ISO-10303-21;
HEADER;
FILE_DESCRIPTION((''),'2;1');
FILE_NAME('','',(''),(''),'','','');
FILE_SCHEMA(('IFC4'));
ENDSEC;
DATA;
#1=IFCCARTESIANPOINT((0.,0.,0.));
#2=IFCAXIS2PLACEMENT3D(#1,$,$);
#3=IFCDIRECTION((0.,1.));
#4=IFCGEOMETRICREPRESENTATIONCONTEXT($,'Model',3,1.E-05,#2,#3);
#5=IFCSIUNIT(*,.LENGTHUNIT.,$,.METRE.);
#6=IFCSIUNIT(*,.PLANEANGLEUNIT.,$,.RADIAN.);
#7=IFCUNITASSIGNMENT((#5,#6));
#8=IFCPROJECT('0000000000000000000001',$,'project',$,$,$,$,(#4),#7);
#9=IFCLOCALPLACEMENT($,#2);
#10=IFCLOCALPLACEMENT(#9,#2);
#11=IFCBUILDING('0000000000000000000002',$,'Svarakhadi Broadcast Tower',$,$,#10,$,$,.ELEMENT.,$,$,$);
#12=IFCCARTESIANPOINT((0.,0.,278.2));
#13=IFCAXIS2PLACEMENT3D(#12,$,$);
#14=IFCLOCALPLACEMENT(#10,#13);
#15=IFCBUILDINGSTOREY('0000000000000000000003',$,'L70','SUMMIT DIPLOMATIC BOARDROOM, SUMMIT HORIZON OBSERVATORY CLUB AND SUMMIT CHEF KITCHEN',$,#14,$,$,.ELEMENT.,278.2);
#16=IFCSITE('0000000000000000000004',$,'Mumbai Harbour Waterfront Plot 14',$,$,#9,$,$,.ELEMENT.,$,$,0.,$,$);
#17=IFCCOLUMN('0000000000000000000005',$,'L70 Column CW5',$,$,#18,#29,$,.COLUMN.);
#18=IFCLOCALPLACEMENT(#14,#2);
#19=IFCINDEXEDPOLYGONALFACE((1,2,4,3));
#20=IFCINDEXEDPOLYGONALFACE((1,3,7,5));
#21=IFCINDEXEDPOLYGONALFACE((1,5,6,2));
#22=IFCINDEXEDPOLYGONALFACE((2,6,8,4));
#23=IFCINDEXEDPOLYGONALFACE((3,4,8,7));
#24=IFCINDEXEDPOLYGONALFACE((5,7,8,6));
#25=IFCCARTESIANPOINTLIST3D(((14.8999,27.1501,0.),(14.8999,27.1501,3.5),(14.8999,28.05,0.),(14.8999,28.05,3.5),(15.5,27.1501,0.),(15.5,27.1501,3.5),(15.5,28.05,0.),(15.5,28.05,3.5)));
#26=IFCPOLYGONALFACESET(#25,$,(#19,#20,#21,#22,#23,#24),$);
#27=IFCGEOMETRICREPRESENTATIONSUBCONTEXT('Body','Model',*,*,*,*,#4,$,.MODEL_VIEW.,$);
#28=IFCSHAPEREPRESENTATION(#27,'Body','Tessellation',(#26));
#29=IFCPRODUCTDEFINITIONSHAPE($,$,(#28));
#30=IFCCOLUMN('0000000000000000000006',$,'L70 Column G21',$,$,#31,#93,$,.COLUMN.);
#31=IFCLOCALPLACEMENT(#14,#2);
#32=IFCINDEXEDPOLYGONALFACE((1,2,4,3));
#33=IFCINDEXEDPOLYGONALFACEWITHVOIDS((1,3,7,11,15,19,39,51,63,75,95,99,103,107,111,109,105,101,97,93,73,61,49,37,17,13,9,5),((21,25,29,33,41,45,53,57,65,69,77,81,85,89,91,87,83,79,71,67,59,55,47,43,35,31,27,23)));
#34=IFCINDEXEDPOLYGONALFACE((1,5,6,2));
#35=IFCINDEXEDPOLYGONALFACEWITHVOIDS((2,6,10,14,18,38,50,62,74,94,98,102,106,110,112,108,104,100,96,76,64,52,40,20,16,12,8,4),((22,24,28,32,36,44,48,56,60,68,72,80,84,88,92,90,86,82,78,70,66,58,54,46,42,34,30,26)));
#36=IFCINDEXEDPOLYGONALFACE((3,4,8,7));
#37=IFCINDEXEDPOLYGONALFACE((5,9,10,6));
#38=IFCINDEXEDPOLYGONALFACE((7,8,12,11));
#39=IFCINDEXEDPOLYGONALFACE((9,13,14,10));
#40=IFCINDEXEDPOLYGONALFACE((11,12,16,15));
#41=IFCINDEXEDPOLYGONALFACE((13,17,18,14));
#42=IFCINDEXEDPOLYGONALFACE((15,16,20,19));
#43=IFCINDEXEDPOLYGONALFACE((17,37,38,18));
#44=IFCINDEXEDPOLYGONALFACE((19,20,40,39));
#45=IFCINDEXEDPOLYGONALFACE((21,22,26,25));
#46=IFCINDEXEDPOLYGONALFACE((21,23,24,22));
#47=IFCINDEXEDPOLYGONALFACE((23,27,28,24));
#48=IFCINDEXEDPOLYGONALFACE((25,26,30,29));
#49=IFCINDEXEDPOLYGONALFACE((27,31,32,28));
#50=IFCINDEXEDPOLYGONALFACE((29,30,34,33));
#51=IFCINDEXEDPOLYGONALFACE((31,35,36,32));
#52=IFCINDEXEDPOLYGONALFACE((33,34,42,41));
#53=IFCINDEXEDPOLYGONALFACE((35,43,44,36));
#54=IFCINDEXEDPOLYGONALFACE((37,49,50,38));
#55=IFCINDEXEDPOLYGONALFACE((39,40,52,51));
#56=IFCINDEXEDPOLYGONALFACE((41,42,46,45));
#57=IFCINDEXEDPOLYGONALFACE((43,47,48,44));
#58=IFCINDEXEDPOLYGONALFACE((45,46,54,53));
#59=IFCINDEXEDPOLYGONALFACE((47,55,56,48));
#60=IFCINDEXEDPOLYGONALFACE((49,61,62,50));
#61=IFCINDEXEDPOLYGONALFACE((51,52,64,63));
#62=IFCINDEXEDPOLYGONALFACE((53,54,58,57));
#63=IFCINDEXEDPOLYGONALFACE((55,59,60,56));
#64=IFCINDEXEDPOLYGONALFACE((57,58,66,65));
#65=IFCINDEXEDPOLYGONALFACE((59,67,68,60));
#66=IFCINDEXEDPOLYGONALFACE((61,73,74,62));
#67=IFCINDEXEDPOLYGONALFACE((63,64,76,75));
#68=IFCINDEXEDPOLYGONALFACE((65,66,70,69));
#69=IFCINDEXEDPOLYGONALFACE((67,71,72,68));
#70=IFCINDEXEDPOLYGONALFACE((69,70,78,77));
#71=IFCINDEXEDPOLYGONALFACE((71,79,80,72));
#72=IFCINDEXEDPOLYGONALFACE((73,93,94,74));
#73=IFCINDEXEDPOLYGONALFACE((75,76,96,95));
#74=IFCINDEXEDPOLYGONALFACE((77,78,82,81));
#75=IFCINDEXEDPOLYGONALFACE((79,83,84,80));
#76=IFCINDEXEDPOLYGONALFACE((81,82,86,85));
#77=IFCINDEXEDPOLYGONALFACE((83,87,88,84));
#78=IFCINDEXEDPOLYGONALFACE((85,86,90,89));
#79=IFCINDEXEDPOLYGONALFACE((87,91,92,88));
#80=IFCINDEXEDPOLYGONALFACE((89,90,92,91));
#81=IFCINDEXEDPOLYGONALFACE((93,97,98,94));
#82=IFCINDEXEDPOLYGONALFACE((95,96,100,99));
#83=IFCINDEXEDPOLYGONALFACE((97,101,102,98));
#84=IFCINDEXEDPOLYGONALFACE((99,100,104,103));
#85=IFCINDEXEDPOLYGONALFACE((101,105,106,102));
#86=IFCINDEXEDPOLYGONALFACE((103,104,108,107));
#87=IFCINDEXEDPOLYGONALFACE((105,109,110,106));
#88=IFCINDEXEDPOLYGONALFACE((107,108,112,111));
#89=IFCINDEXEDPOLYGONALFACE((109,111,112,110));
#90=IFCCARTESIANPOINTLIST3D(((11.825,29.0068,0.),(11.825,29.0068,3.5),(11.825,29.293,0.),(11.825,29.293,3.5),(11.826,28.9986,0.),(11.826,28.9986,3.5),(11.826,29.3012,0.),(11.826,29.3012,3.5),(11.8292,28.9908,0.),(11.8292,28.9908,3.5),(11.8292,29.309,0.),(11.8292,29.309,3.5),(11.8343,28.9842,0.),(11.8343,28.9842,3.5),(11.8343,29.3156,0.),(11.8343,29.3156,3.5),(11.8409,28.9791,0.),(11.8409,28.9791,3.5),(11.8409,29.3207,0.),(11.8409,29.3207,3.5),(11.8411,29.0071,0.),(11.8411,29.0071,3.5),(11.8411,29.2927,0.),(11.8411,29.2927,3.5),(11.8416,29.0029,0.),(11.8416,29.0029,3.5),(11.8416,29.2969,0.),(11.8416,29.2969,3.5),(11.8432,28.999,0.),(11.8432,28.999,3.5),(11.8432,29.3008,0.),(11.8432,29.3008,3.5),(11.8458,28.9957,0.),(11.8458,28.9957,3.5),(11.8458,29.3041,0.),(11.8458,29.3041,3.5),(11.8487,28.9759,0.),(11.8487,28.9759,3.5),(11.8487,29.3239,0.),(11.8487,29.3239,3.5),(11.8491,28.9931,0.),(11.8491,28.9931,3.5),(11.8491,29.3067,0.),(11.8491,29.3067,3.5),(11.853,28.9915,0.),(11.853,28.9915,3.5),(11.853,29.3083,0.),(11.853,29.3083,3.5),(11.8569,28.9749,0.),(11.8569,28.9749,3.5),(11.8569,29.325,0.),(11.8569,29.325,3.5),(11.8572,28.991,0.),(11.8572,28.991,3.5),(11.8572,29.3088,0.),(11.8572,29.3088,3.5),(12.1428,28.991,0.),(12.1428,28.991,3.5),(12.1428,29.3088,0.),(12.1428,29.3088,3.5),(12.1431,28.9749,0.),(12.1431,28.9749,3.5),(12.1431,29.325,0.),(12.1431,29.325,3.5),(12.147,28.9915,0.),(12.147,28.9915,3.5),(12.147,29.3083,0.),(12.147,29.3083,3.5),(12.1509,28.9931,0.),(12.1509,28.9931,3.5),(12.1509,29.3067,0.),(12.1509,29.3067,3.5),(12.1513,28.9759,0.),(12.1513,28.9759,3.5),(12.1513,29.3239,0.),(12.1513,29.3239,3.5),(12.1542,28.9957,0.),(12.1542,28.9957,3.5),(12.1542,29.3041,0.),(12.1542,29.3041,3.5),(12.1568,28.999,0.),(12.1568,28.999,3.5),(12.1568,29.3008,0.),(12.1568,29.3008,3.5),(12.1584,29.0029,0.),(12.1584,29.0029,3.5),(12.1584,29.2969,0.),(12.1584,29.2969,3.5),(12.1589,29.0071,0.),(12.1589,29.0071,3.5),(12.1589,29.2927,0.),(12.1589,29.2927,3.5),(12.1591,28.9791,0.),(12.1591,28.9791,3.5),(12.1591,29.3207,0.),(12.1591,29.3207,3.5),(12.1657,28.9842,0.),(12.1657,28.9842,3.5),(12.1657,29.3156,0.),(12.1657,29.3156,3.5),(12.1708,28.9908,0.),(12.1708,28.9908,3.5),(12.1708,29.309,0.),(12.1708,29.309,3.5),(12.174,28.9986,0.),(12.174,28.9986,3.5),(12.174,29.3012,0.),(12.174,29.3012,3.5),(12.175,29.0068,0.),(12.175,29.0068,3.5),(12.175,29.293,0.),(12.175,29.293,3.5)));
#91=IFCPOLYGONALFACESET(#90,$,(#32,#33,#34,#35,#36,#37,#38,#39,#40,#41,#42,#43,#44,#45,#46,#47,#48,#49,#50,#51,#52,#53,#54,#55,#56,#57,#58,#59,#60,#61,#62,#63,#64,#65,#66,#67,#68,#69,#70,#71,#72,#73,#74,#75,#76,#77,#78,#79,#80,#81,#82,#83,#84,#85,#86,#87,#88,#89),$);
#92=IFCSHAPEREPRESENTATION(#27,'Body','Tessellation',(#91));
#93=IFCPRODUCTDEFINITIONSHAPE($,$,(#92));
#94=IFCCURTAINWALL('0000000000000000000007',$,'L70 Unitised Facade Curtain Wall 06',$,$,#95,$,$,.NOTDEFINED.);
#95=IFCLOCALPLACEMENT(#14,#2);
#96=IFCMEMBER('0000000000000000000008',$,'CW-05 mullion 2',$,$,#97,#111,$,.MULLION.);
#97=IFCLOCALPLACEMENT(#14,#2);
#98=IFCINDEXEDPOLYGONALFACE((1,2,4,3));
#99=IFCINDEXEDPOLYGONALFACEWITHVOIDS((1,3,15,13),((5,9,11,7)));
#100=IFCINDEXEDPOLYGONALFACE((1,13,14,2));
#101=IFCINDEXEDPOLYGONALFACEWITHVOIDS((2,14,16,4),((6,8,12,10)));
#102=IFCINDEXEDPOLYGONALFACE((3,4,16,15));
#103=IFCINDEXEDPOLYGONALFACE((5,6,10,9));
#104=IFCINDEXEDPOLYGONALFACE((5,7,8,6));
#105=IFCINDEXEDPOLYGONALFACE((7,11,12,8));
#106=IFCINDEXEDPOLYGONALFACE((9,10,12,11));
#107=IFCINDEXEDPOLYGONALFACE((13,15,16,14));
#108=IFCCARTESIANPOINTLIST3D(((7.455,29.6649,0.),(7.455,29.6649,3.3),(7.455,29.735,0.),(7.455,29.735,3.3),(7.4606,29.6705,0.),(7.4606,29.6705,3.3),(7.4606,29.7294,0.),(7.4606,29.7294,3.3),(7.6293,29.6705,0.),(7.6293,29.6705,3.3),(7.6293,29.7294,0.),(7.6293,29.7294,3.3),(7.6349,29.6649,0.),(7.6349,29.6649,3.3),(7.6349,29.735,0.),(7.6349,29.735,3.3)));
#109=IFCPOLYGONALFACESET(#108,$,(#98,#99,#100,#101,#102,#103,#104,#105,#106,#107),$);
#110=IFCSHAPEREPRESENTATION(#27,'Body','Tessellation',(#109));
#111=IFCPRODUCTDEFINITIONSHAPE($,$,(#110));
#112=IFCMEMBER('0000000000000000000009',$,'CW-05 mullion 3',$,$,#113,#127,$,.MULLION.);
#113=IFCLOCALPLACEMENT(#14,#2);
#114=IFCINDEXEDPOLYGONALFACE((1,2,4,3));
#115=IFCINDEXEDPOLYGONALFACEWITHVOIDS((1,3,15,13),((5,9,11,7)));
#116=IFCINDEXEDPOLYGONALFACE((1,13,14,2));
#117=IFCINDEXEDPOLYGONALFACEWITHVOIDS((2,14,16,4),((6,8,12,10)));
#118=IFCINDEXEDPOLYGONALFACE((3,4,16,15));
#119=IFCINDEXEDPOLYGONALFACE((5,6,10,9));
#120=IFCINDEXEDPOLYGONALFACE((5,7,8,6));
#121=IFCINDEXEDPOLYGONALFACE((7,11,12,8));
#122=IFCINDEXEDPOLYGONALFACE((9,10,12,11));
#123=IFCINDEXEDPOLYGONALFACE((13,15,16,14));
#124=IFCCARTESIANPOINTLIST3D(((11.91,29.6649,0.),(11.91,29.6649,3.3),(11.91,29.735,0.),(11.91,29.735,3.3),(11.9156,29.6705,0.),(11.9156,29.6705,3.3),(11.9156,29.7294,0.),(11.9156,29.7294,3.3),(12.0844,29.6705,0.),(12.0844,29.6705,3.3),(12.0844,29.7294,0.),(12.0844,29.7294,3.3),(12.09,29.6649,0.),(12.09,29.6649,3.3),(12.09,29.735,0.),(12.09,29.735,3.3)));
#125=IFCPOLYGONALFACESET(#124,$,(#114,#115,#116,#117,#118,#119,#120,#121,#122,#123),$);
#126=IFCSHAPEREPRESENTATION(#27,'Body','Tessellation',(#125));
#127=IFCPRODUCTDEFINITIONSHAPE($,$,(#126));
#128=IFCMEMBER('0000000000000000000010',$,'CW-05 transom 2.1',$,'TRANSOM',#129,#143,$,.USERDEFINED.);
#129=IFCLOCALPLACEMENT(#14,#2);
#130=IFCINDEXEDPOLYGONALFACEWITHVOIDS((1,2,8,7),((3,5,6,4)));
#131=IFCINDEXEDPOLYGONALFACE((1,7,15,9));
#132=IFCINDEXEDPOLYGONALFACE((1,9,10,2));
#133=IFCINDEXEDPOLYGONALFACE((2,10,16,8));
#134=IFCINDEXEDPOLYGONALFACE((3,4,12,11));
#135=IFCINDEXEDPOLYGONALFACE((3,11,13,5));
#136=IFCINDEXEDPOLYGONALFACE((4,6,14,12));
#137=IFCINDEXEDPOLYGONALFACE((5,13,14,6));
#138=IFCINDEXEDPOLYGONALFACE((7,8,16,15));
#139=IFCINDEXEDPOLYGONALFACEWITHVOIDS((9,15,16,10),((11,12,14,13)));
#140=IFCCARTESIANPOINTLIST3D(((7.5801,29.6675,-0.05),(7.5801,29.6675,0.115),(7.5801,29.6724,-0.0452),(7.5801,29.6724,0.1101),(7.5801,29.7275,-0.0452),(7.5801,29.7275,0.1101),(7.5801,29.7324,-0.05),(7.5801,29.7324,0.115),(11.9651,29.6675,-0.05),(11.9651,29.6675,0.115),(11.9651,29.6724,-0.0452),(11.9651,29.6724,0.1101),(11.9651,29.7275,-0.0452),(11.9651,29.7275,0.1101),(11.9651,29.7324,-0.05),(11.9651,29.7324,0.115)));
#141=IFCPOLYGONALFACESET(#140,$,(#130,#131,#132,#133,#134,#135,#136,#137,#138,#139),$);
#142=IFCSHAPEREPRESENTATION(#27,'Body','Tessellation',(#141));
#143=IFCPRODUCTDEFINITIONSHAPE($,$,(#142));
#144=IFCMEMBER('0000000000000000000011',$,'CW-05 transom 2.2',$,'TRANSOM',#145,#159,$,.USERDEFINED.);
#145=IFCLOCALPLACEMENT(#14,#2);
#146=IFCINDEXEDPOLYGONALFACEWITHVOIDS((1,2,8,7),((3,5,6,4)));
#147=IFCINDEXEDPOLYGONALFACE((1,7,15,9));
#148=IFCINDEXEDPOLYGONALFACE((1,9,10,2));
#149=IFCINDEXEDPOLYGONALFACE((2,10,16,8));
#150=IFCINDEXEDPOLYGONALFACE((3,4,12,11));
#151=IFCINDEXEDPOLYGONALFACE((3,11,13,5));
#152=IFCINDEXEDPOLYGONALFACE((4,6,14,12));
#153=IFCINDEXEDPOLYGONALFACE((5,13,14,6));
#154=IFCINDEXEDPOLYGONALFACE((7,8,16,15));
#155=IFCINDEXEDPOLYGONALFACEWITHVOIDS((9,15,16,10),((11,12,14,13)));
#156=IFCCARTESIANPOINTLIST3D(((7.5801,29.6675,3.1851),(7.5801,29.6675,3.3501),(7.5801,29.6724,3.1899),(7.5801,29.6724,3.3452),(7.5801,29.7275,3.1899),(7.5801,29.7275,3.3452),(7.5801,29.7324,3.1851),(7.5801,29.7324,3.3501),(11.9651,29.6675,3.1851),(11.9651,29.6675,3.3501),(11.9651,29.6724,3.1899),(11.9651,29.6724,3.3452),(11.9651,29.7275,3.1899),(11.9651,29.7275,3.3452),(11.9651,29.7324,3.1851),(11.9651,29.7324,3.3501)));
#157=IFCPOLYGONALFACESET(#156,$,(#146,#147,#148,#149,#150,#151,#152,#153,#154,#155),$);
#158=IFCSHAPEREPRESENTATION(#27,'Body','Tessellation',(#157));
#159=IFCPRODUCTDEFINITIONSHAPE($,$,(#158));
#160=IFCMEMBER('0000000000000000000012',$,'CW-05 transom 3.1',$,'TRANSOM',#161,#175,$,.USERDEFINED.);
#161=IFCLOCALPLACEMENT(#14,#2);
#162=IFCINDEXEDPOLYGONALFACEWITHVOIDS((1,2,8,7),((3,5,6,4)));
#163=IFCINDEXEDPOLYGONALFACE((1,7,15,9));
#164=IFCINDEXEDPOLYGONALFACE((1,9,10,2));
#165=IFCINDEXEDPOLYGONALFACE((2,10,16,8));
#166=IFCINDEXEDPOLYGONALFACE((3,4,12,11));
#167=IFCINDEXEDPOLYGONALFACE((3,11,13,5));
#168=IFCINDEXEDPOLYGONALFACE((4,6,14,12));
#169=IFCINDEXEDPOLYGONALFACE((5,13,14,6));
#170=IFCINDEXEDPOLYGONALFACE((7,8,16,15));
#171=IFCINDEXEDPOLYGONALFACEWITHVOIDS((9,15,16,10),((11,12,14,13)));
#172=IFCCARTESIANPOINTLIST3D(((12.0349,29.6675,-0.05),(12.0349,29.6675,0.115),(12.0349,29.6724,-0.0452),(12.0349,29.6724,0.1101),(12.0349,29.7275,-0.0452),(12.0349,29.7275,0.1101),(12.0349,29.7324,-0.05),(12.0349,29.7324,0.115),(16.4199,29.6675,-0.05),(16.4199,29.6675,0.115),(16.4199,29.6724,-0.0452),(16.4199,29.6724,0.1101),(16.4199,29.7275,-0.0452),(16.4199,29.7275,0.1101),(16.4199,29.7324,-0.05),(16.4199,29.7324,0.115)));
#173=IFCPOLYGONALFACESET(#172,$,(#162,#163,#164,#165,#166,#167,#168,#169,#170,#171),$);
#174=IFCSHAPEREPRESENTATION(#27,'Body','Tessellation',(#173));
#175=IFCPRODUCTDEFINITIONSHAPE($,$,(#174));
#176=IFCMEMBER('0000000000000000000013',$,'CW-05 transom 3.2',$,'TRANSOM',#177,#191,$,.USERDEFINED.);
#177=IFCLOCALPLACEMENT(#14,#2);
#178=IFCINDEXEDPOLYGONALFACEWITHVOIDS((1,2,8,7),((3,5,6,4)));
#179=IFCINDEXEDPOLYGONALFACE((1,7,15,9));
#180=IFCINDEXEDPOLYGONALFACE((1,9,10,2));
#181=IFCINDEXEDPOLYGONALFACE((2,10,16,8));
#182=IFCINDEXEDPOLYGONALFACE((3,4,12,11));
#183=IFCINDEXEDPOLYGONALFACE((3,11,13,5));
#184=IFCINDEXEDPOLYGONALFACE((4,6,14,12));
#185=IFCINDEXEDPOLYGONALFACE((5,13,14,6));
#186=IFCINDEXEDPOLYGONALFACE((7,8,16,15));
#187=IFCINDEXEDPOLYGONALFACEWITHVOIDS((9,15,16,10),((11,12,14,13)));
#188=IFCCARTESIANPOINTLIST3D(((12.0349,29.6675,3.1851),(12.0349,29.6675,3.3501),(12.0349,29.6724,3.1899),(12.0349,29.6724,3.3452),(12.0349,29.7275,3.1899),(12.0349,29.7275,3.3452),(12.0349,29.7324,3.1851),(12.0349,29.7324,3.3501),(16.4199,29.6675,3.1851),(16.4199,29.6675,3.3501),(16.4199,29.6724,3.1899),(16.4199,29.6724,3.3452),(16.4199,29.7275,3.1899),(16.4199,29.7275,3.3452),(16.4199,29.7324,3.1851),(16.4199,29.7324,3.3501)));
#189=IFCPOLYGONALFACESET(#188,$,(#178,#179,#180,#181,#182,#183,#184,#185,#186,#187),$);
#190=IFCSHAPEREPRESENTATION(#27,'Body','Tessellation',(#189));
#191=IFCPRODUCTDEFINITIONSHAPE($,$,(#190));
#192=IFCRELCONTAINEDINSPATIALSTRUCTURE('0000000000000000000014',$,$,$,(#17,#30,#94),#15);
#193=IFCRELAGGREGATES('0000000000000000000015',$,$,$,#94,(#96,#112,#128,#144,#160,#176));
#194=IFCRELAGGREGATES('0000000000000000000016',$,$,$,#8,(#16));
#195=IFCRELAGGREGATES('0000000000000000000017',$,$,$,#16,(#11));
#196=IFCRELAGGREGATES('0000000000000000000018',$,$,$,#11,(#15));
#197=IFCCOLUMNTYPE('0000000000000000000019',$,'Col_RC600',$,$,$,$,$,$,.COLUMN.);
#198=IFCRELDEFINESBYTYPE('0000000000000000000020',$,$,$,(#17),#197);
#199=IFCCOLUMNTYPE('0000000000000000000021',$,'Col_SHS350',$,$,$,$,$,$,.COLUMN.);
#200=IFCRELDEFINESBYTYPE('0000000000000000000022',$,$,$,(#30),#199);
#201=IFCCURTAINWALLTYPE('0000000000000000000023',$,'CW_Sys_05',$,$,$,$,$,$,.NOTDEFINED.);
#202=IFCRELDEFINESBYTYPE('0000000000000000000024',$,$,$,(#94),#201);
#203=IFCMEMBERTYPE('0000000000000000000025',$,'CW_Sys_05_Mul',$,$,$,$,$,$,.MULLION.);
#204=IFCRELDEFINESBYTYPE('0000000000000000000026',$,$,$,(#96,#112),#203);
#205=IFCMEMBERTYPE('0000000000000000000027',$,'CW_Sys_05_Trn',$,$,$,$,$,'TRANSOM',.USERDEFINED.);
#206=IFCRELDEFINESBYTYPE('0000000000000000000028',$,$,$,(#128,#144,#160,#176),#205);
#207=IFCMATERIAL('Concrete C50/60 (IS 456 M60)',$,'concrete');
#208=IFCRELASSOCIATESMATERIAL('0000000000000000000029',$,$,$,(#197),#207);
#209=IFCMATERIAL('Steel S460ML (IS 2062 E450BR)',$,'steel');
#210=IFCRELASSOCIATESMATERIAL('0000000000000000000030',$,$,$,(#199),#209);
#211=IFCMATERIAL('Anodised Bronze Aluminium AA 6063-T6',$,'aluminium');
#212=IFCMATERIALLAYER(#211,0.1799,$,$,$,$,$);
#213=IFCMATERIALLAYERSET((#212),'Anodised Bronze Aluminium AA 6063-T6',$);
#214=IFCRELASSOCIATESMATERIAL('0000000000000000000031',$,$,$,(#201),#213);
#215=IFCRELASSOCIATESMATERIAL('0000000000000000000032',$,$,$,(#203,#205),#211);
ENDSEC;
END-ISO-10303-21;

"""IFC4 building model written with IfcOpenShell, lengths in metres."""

from ifc_helpers import new_model, si_unit, direction, frame, origin, origin_2d, place, context, subcontext, project, spatial, rectangle, hollow_rectangle, extrude, material, layer, layer_set, material_profile, profile_set, type_object, element, aggregate, save


model = new_model("IFC4")

# Units and contexts
model_context = context("Model", 3, precision=1e-05, world=origin(), true_north=direction((0.0, 1.0)))
body_context = subcontext(model_context, "Body", "Model", "MODEL_VIEW")
ifc_project = project(units=[si_unit("LENGTHUNIT", "METRE"), si_unit("PLANEANGLEUNIT", "RADIAN")], contexts=[model_context])

# Site, building, storey
site_placement = place(None, origin())
site = spatial("IfcSite", under=ifc_project, at=site_placement, Name="Mumbai Harbour Waterfront Plot 14", CompositionType="ELEMENT", RefElevation=0.0)
building_placement = place(site_placement, origin())
building = spatial("IfcBuilding", under=site, at=building_placement, Name="Svarakhadi Broadcast Tower", CompositionType="ELEMENT")
storey_placement = place(building_placement, frame((0.0, 0.0, 278.2)))
storey = spatial("IfcBuildingStorey", under=building, at=storey_placement, Name="L70", Description="SUMMIT DIPLOMATIC BOARDROOM, SUMMIT HORIZON OBSERVATORY CLUB AND SUMMIT CHEF KITCHEN", CompositionType="ELEMENT", Elevation=278.2)

# Columns
ifc_material_1 = material(Name="Concrete C50/60 (IS 456 M60)", Category="concrete")
ifc_material_profile_1 = material_profile(ifc_material_1, rectangle(XDim=0.6001, YDim=0.8999, at=origin_2d()), Name="RC 600x900")
ifc_profile_set_1 = profile_set([ifc_material_profile_1], Name="Concrete C50/60 (IS 456 M60)")
column_type_1 = type_object("IfcColumnType", Name="Col_RC600", PredefinedType="COLUMN", material=ifc_profile_set_1)
column_1_placement = place(storey_placement, frame((15.2, 27.6001, 0.0), z_axis=(0.0, 0.0, 1.0), x_axis=(1.0, 0.0, 0.0)))
element("IfcColumn", 1, at=column_1_placement, inside=storey, type_object=column_type_1, Name="L70 Column CW5", PredefinedType="COLUMN", context=body_context, shape_type="SweptSolid", body=[
    extrude(rectangle(XDim=0.6001, YDim=0.8999, at=origin_2d()), origin(), (0.0, 0.0, 1.0), 3.5),
])
ifc_material_2 = material(Name="Steel S460ML (IS 2062 E450BR)", Category="steel")
ifc_material_profile_2 = material_profile(ifc_material_2, hollow_rectangle(XDim=0.3501, YDim=0.3501, WallThickness=0.0161, InnerFilletRadius=0.0161, OuterFilletRadius=0.032, at=origin_2d()), Name="SHS 350x350x16")
ifc_profile_set_2 = profile_set([ifc_material_profile_2], Name="Steel S460ML (IS 2062 E450BR)")
column_type_2 = type_object("IfcColumnType", Name="Col_SHS350", PredefinedType="COLUMN", material=ifc_profile_set_2)
column_2_placement = place(storey_placement, frame((12.0, 29.1499, 0.0), z_axis=(0.0, 0.0, 1.0), x_axis=(1.0, 0.0, 0.0)))
element("IfcColumn", 2, at=column_2_placement, inside=storey, type_object=column_type_2, Name="L70 Column G21", PredefinedType="COLUMN", context=body_context, shape_type="SweptSolid", body=[
    extrude(hollow_rectangle(XDim=0.3501, YDim=0.3501, WallThickness=0.0161, InnerFilletRadius=0.0161, OuterFilletRadius=0.032, at=origin_2d()), origin(), (0.0, 0.0, 1.0), 3.5),
])

# Curtain wall, members
ifc_material_3 = material(Name="Anodised Bronze Aluminium AA 6063-T6", Category="aluminium")
ifc_layer_1 = layer(ifc_material_3, 0.1799)
ifc_layer_set_1 = layer_set([ifc_layer_1], Name="Anodised Bronze Aluminium AA 6063-T6")
curtain_wall_type = type_object("IfcCurtainWallType", Name="CW_Sys_05", PredefinedType="NOTDEFINED", material=ifc_layer_set_1)
curtain_wall_placement = place(storey_placement, origin())
curtain_wall = element("IfcCurtainWall", 3, at=curtain_wall_placement, inside=storey, type_object=curtain_wall_type, Name="L70 Unitised Facade Curtain Wall 06", PredefinedType="NOTDEFINED")
ifc_material_profile_3 = material_profile(ifc_material_3, hollow_rectangle(XDim=0.0701, YDim=0.1799, WallThickness=0.0056, at=origin_2d()), Name="ALU MULLION 180x70x6")
ifc_profile_set_3 = profile_set([ifc_material_profile_3], Name="Anodised Bronze Aluminium AA 6063-T6")
member_type_1 = type_object("IfcMemberType", Name="CW_Sys_05_Mul", PredefinedType="MULLION", material=ifc_profile_set_3)
member_1_placement = place(storey_placement, frame((7.5449, 29.7, 0.0), z_axis=(0.0, 0.0, 1.0), x_axis=(0.0, 1.0, 0.0)))
member_1 = element("IfcMember", 4, at=member_1_placement, type_object=member_type_1, Name="CW-05 mullion 2", PredefinedType="MULLION", context=body_context, shape_type="SweptSolid", body=[
    extrude(hollow_rectangle(XDim=0.0701, YDim=0.1799, WallThickness=0.0056, at=origin_2d()), origin(), (0.0, 0.0, 1.0), 3.3),
])
member_2_placement = place(storey_placement, frame((12.0, 29.7, 0.0), z_axis=(0.0, 0.0, 1.0), x_axis=(0.0, 1.0, 0.0)))
member_2 = element("IfcMember", 5, at=member_2_placement, type_object=member_type_1, Name="CW-05 mullion 3", PredefinedType="MULLION", context=body_context, shape_type="SweptSolid", body=[
    extrude(hollow_rectangle(XDim=0.0701, YDim=0.1799, WallThickness=0.0056, at=origin_2d()), origin(), (0.0, 0.0, 1.0), 3.3),
])
ifc_material_profile_4 = material_profile(ifc_material_3, hollow_rectangle(XDim=0.0649, YDim=0.165, WallThickness=0.0049, at=origin_2d()), Name="ALU TRANSOM 165x65x5")
ifc_profile_set_4 = profile_set([ifc_material_profile_4], Name="Anodised Bronze Aluminium AA 6063-T6")
member_type_2 = type_object("IfcMemberType", Name="CW_Sys_05_Trn", ElementType="TRANSOM", PredefinedType="USERDEFINED", material=ifc_profile_set_4)
member_3_placement = place(storey_placement, frame((7.5801, 29.7, 0.0325), z_axis=(1.0, 0.0, 0.0), x_axis=(0.0, 1.0, 0.0)))
member_3 = element("IfcMember", 6, at=member_3_placement, type_object=member_type_2, Name="CW-05 transom 2.1", ObjectType="TRANSOM", PredefinedType="USERDEFINED", context=body_context, shape_type="SweptSolid", body=[
    extrude(hollow_rectangle(XDim=0.0649, YDim=0.165, WallThickness=0.0049, at=origin_2d()), origin(), (0.0, 0.0, 1.0), 4.385),
])
member_4_placement = place(storey_placement, frame((7.5801, 29.7, 3.2676), z_axis=(1.0, 0.0, 0.0), x_axis=(0.0, 1.0, 0.0)))
member_4 = element("IfcMember", 7, at=member_4_placement, type_object=member_type_2, Name="CW-05 transom 2.2", ObjectType="TRANSOM", PredefinedType="USERDEFINED", context=body_context, shape_type="SweptSolid", body=[
    extrude(hollow_rectangle(XDim=0.0649, YDim=0.165, WallThickness=0.0049, at=origin_2d()), origin(), (0.0, 0.0, 1.0), 4.385),
])
member_5_placement = place(storey_placement, frame((12.0349, 29.7, 0.0325), z_axis=(1.0, 0.0, 0.0), x_axis=(0.0, 1.0, 0.0)))
member_5 = element("IfcMember", 8, at=member_5_placement, type_object=member_type_2, Name="CW-05 transom 3.1", ObjectType="TRANSOM", PredefinedType="USERDEFINED", context=body_context, shape_type="SweptSolid", body=[
    extrude(hollow_rectangle(XDim=0.0649, YDim=0.165, WallThickness=0.0049, at=origin_2d()), origin(), (0.0, 0.0, 1.0), 4.385),
])
member_6_placement = place(storey_placement, frame((12.0349, 29.7, 3.2676), z_axis=(1.0, 0.0, 0.0), x_axis=(0.0, 1.0, 0.0)))
member_6 = element("IfcMember", 9, at=member_6_placement, type_object=member_type_2, Name="CW-05 transom 3.2", ObjectType="TRANSOM", PredefinedType="USERDEFINED", context=body_context, shape_type="SweptSolid", body=[
    extrude(hollow_rectangle(XDim=0.0649, YDim=0.165, WallThickness=0.0049, at=origin_2d()), origin(), (0.0, 0.0, 1.0), 4.385),
])

aggregate(curtain_wall, [member_1, member_2, member_3, member_4, member_5, member_6])

save(model, "model.ifc")
